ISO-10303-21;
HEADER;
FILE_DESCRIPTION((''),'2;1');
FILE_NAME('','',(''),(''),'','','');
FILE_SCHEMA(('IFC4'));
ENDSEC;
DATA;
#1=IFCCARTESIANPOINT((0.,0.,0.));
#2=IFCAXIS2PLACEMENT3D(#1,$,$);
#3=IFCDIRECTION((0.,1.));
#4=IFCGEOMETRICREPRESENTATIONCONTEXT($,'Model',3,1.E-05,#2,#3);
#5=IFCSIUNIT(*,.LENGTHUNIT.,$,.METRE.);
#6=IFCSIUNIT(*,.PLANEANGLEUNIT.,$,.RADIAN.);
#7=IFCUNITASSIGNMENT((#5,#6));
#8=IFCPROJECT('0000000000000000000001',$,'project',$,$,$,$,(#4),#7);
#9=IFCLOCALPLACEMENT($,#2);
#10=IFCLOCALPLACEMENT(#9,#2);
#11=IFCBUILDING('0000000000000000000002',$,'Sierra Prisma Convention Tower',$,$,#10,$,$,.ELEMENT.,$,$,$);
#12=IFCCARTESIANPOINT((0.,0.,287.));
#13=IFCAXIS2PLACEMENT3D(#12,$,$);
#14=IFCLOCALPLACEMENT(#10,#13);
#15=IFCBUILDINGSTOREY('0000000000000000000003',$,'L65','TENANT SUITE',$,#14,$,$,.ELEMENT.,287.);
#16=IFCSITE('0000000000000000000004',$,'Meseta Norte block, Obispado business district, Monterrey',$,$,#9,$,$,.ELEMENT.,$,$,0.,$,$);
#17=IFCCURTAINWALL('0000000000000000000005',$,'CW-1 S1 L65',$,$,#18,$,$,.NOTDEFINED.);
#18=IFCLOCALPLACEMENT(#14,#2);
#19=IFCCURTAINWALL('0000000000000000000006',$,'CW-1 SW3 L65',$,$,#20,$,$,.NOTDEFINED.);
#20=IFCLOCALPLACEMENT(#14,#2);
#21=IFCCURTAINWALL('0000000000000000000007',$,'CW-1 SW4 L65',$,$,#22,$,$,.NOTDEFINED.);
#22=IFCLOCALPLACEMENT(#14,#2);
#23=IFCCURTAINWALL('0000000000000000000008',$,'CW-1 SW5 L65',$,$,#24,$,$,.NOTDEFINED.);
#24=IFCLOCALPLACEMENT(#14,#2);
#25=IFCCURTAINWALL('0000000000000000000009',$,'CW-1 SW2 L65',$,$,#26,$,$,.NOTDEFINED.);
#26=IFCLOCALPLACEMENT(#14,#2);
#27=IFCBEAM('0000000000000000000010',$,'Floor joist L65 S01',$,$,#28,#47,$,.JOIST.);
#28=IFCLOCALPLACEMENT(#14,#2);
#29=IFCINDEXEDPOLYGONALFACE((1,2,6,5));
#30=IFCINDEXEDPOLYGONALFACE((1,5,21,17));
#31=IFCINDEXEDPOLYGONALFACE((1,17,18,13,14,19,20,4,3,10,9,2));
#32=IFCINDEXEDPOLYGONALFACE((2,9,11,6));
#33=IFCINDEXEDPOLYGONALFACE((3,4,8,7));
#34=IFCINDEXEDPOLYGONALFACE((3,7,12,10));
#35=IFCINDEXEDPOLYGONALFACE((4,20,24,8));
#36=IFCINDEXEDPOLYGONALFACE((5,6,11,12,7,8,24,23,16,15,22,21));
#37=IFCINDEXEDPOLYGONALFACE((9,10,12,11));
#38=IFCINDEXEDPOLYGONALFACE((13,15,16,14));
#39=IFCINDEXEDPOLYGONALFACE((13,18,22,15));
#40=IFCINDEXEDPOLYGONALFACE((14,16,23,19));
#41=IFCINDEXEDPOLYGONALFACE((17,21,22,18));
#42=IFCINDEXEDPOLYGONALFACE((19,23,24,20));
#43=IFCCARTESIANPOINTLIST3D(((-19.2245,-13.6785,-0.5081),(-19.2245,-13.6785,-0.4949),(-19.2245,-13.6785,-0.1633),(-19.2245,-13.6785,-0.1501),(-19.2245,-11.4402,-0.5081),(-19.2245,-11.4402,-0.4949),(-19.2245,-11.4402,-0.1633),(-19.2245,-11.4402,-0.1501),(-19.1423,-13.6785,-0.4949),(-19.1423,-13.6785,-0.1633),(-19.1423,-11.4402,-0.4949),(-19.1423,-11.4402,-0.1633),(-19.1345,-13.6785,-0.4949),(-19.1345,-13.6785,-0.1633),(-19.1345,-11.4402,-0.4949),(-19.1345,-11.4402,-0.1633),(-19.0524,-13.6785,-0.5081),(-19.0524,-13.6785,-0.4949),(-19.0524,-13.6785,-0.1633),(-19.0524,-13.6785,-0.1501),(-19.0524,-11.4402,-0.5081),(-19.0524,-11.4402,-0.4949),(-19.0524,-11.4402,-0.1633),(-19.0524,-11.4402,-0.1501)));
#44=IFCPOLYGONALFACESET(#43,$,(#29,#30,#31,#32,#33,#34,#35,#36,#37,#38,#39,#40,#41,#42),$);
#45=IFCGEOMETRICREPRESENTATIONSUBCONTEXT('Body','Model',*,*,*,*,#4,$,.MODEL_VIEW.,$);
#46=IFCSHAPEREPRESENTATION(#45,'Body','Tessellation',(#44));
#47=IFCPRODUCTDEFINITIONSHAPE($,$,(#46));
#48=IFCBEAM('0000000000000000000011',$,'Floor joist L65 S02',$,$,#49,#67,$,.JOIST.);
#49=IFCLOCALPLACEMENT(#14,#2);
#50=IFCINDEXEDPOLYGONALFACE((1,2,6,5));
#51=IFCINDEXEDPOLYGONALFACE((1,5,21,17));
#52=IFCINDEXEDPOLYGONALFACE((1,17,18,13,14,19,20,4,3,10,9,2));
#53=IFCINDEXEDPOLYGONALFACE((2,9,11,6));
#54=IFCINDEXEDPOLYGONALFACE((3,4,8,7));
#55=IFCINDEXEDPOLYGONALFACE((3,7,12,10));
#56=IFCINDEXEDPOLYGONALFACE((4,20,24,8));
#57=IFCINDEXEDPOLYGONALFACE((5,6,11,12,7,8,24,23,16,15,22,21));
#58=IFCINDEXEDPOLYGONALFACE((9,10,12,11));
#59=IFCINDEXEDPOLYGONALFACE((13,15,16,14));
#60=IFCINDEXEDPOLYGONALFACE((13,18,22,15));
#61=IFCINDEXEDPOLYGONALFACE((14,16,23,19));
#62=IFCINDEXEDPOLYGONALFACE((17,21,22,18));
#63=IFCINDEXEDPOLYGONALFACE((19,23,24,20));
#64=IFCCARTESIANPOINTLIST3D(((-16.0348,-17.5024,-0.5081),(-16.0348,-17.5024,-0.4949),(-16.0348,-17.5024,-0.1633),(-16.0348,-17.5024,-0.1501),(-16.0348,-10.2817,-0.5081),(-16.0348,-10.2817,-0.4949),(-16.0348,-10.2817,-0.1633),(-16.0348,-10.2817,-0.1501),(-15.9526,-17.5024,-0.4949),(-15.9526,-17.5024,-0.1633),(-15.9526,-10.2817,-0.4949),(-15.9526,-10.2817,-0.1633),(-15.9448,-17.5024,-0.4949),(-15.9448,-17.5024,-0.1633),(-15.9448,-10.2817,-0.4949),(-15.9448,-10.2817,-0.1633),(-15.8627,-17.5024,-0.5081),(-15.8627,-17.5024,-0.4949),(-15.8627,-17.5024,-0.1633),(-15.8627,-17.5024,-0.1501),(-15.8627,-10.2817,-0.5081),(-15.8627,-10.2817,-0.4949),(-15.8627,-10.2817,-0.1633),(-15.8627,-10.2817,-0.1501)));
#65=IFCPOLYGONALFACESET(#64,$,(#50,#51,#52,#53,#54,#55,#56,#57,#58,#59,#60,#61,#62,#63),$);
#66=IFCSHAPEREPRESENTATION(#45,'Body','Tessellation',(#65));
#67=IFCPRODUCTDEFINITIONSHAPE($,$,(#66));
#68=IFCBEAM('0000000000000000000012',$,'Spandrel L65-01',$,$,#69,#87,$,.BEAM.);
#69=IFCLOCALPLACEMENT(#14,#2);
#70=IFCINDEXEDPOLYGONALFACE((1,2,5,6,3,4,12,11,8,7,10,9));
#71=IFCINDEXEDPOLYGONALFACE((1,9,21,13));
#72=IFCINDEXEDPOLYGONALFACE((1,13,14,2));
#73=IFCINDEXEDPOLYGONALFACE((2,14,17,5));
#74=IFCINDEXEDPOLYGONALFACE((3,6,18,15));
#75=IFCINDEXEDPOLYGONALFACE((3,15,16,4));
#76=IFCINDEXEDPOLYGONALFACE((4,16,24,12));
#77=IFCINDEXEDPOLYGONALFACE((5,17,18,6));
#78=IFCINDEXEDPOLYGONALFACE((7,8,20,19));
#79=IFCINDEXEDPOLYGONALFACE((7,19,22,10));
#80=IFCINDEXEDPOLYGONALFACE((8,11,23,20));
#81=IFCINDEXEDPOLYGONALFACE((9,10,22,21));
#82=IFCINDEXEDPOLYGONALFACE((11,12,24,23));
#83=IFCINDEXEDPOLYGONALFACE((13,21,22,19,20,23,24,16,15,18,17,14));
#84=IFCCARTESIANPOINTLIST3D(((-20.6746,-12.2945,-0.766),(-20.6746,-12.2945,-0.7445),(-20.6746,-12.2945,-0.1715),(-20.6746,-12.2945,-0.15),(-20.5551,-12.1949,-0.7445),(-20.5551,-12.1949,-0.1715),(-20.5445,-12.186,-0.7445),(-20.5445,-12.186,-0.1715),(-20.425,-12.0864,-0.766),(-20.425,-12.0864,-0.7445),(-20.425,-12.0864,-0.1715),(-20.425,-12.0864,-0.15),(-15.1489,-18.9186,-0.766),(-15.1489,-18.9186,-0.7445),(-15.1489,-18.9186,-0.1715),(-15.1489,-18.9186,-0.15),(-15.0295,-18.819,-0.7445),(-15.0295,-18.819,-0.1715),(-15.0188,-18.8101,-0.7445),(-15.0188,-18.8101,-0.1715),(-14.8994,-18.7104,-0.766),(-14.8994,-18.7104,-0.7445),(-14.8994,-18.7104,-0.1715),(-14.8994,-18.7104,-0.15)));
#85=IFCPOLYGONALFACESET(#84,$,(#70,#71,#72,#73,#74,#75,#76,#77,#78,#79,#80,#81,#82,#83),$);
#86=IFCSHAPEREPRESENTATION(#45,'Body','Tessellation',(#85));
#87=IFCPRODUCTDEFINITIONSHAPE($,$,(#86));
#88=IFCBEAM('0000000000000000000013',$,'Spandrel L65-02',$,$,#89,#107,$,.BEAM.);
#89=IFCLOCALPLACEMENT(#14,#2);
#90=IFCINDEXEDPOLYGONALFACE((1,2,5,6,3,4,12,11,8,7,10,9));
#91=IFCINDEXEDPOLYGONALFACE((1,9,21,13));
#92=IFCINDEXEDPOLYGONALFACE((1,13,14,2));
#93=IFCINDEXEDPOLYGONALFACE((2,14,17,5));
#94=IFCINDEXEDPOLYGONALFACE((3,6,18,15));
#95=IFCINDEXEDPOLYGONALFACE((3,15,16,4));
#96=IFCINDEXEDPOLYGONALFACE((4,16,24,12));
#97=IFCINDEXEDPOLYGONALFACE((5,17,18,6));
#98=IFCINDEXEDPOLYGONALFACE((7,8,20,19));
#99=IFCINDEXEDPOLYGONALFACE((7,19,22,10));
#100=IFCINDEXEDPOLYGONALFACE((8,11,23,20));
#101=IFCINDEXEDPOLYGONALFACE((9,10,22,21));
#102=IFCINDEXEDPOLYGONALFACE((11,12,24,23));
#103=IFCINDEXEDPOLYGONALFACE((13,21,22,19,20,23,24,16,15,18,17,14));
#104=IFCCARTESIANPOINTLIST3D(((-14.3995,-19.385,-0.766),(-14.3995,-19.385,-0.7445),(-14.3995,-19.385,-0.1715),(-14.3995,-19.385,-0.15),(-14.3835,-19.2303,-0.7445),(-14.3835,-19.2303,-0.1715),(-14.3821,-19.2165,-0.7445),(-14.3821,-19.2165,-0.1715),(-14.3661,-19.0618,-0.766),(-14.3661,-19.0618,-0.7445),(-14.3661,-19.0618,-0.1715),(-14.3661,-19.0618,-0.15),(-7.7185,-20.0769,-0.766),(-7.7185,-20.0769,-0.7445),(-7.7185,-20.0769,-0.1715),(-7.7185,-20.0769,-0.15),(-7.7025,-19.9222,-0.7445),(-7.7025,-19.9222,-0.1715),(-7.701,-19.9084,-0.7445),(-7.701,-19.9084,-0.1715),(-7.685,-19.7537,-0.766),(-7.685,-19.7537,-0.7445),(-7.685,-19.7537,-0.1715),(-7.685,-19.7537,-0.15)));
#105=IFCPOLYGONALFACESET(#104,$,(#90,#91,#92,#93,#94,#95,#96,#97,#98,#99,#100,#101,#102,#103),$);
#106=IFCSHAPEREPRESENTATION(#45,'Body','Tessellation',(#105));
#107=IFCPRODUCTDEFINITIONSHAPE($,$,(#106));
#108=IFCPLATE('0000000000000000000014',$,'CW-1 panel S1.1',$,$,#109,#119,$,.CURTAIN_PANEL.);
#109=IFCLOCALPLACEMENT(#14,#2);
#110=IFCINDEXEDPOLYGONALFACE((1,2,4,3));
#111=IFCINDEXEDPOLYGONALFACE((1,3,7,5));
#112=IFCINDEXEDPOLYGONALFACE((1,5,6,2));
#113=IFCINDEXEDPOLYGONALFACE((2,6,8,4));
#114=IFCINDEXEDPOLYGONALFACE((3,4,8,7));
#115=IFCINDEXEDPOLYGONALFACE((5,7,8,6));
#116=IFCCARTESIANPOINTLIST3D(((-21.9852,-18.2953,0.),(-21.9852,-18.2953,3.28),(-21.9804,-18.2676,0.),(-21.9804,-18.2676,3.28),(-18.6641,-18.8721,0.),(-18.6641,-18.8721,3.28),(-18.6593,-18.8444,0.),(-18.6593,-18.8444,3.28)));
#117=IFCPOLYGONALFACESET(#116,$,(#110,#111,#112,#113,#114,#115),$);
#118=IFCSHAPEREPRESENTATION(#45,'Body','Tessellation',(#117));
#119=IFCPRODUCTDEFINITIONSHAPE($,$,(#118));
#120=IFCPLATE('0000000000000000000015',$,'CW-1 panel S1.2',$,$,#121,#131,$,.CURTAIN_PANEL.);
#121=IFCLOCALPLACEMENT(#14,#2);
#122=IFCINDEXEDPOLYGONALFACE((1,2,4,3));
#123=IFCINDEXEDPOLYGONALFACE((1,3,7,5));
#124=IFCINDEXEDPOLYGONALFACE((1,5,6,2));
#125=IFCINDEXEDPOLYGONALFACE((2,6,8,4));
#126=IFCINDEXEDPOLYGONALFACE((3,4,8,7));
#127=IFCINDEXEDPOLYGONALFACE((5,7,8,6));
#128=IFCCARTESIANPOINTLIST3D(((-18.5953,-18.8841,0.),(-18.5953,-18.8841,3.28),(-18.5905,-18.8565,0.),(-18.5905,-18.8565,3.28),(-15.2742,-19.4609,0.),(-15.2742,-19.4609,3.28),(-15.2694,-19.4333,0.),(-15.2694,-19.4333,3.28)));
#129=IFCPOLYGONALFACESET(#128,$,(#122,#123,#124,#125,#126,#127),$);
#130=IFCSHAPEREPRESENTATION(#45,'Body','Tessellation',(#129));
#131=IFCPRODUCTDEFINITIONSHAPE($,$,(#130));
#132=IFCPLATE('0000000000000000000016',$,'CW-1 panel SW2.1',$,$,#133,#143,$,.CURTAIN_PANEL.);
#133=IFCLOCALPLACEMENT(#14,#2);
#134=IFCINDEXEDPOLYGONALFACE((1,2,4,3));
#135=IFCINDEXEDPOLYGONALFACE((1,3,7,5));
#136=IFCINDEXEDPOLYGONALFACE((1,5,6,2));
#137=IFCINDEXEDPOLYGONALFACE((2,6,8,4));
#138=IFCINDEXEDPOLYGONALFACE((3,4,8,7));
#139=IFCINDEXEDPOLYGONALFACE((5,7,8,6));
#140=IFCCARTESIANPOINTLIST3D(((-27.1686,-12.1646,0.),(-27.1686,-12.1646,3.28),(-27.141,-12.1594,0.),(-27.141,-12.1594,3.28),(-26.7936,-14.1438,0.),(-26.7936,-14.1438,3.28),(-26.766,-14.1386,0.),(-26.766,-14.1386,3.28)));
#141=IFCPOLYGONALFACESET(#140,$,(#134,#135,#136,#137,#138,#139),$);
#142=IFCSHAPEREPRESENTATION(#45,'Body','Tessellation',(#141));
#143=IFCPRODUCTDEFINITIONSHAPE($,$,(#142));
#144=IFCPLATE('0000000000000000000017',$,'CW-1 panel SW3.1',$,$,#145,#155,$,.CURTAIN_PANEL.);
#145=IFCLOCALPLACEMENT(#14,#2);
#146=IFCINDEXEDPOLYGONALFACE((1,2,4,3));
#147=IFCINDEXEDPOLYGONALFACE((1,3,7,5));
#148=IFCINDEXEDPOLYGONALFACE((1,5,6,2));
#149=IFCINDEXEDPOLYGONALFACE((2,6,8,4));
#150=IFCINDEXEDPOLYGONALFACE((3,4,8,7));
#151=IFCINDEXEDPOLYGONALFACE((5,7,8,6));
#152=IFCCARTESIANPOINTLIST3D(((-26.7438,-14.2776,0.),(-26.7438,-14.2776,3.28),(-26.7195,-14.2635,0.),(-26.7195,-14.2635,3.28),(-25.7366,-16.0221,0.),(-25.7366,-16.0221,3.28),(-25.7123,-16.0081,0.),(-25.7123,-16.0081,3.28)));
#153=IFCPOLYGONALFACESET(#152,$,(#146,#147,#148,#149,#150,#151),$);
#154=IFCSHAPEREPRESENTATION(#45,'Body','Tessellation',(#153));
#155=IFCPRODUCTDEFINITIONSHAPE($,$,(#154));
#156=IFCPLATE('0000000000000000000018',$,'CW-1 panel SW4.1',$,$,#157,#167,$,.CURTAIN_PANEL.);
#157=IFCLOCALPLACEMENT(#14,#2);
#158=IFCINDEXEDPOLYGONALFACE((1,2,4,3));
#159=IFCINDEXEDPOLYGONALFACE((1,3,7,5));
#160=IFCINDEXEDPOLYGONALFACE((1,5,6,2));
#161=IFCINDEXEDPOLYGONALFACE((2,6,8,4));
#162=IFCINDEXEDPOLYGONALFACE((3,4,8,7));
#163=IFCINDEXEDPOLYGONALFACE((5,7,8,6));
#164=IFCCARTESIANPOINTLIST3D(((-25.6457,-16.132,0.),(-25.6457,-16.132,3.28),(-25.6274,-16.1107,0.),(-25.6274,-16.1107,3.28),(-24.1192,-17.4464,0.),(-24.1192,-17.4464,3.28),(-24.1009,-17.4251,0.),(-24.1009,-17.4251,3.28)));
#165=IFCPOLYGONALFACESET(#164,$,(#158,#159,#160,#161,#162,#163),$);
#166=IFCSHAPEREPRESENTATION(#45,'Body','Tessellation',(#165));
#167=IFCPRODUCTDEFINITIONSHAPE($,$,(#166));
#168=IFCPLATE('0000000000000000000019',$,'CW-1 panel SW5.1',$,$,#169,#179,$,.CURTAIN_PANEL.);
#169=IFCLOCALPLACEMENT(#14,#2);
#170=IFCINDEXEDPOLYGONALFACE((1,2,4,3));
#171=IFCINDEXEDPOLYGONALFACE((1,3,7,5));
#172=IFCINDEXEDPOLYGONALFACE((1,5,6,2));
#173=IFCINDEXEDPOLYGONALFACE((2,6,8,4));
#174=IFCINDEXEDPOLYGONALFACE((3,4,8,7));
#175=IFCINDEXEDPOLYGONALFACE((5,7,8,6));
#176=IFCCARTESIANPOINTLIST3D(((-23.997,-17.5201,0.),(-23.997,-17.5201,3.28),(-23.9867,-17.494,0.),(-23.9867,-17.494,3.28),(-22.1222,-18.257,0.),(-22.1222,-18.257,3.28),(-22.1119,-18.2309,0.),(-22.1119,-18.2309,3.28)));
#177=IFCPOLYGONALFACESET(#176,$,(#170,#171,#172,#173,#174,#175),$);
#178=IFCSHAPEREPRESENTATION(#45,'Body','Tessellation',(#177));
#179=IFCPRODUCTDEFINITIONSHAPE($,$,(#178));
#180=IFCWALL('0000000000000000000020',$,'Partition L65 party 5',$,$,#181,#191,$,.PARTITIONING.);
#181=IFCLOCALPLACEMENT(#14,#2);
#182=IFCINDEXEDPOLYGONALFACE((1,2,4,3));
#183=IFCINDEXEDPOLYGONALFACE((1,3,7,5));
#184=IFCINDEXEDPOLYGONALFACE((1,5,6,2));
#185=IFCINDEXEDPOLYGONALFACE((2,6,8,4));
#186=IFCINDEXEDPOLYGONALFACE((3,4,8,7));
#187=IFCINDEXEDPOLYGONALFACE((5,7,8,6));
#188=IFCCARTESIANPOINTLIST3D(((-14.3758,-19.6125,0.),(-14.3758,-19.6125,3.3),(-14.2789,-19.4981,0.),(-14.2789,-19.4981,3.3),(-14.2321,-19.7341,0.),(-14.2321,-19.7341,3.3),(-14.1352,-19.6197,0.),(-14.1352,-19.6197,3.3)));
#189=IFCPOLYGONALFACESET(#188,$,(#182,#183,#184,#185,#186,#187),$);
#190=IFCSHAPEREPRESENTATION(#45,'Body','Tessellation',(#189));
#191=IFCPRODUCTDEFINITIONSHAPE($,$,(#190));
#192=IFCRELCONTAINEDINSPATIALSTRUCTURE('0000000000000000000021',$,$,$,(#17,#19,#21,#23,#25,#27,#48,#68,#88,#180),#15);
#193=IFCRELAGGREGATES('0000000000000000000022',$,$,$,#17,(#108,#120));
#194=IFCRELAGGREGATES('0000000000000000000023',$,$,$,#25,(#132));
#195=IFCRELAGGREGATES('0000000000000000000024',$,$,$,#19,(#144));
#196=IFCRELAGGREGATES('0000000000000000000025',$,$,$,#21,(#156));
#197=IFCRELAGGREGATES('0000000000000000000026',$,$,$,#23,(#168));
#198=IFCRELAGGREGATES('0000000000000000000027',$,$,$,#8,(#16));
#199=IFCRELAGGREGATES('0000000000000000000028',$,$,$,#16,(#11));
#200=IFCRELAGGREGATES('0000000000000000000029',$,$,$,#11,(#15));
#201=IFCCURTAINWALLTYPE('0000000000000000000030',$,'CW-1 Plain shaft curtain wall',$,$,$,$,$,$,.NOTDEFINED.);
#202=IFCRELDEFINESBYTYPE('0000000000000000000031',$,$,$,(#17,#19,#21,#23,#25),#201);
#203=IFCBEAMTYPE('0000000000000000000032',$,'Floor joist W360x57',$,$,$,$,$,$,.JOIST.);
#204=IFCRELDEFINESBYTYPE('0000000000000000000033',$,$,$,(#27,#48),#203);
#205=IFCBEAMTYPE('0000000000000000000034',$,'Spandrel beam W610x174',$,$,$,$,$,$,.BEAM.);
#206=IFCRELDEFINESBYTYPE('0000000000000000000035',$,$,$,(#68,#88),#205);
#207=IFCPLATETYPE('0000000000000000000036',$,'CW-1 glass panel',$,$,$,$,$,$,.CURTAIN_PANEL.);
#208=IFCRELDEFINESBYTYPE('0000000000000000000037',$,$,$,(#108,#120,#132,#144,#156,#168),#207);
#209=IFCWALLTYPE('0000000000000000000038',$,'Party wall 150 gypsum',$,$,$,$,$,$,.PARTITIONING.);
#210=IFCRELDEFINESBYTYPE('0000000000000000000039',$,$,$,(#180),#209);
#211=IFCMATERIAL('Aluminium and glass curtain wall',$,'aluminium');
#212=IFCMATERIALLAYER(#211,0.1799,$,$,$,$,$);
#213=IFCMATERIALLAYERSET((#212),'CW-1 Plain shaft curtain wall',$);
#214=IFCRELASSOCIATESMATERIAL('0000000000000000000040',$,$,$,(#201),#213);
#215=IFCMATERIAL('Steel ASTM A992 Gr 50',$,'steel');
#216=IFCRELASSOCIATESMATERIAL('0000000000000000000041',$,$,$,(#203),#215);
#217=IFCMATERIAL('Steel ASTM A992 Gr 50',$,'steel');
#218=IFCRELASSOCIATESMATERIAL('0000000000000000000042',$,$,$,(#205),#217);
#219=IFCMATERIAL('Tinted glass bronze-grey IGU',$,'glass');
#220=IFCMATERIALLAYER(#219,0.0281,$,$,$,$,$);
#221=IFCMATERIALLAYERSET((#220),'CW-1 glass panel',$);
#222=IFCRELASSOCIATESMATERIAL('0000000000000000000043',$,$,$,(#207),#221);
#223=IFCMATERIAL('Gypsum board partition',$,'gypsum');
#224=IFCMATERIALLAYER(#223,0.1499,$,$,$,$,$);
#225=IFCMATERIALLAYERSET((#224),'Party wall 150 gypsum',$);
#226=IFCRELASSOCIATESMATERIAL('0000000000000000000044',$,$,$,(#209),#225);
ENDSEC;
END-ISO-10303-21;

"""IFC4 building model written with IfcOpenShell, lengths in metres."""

from ifc_helpers import new_model, si_unit, direction, frame, frame_2d, origin, origin_2d, place, context, subcontext, project, spatial, rectangle, i_section, extrude, material, layer, layer_set, material_profile, profile_set, type_object, element, aggregate, save


model = new_model("IFC4")

# Units and contexts
model_context = context("Model", 3, precision=1e-05, world=origin(), true_north=direction((0.0, 1.0)))
body_context = subcontext(model_context, "Body", "Model", "MODEL_VIEW")
ifc_project = project(units=[si_unit("LENGTHUNIT", "METRE"), si_unit("PLANEANGLEUNIT", "RADIAN")], contexts=[model_context])

# Site, building, storey
site_placement = place(None, origin())
site = spatial("IfcSite", under=ifc_project, at=site_placement, Name="Meseta Norte block, Obispado business district, Monterrey", CompositionType="ELEMENT", RefElevation=0.0)
building_placement = place(site_placement, origin())
building = spatial("IfcBuilding", under=site, at=building_placement, Name="Sierra Prisma Convention Tower", CompositionType="ELEMENT")
storey_placement = place(building_placement, frame((0.0, 0.0, 287.0)))
storey = spatial("IfcBuildingStorey", under=building, at=storey_placement, Name="L65", Description="TENANT SUITE", CompositionType="ELEMENT", Elevation=287.0)

# Curtain wall
ifc_material_1 = material(Name="Aluminium and glass curtain wall", Category="aluminium")
ifc_layer_1 = layer(ifc_material_1, 0.1799)
ifc_layer_set_1 = layer_set([ifc_layer_1], Name="CW-1 Plain shaft curtain wall")
curtain_wall_type = type_object("IfcCurtainWallType", Name="CW-1 Plain shaft curtain wall", PredefinedType="NOTDEFINED", material=ifc_layer_set_1)
curtain_wall_1_placement = place(storey_placement, origin())
curtain_wall_1 = element("IfcCurtainWall", 1, at=curtain_wall_1_placement, inside=storey, type_object=curtain_wall_type, Name="CW-1 S1 L65", PredefinedType="NOTDEFINED")

# Curtain walls
curtain_wall_2_placement = place(storey_placement, origin())
curtain_wall_2 = element("IfcCurtainWall", 2, at=curtain_wall_2_placement, inside=storey, type_object=curtain_wall_type, Name="CW-1 SW3 L65", PredefinedType="NOTDEFINED")
curtain_wall_3_placement = place(storey_placement, origin())
curtain_wall_3 = element("IfcCurtainWall", 3, at=curtain_wall_3_placement, inside=storey, type_object=curtain_wall_type, Name="CW-1 SW4 L65", PredefinedType="NOTDEFINED")
curtain_wall_4_placement = place(storey_placement, origin())
curtain_wall_4 = element("IfcCurtainWall", 4, at=curtain_wall_4_placement, inside=storey, type_object=curtain_wall_type, Name="CW-1 SW5 L65", PredefinedType="NOTDEFINED")

# Curtain wall
curtain_wall_5_placement = place(storey_placement, origin())
curtain_wall_5 = element("IfcCurtainWall", 5, at=curtain_wall_5_placement, inside=storey, type_object=curtain_wall_type, Name="CW-1 SW2 L65", PredefinedType="NOTDEFINED")

# Beams
ifc_material_2 = material(Name="Steel ASTM A992 Gr 50", Category="steel")
ifc_material_profile_1 = material_profile(ifc_material_2, i_section(OverallWidth=0.1721, OverallDepth=0.3579, WebThickness=0.0078, FlangeThickness=0.0132, at=origin_2d()), Name="W360x57")
ifc_profile_set_1 = profile_set([ifc_material_profile_1], Name="Steel ASTM A992 Gr 50")
beam_type_1 = type_object("IfcBeamType", Name="Floor joist W360x57", PredefinedType="JOIST", material=ifc_profile_set_1)
beam_1_placement = place(storey_placement, frame((-19.1384, -13.6785, -0.3291), z_axis=(0.0, 1.0, 0.0), x_axis=(-1.0, 0.0, 0.0)))
element("IfcBeam", 6, at=beam_1_placement, inside=storey, type_object=beam_type_1, Name="Floor joist L65 S01", PredefinedType="JOIST", context=body_context, shape_type="SweptSolid", body=[
    extrude(i_section(OverallWidth=0.1721, OverallDepth=0.3579, WebThickness=0.0078, FlangeThickness=0.0132, at=origin_2d()), origin(), (0.0, 0.0, 1.0), 2.2383),
])
beam_2_placement = place(storey_placement, frame((-15.9487, -17.5024, -0.3291), z_axis=(0.0, 1.0, 0.0), x_axis=(-1.0, 0.0, 0.0)))
element("IfcBeam", 7, at=beam_2_placement, inside=storey, type_object=beam_type_1, Name="Floor joist L65 S02", PredefinedType="JOIST", context=body_context, shape_type="SweptSolid", body=[
    extrude(i_section(OverallWidth=0.1721, OverallDepth=0.3579, WebThickness=0.0078, FlangeThickness=0.0132, at=origin_2d()), origin(), (0.0, 0.0, 1.0), 7.2207),
])
ifc_material_3 = material(Name="Steel ASTM A992 Gr 50", Category="steel")
ifc_material_profile_2 = material_profile(ifc_material_3, i_section(OverallWidth=0.325, OverallDepth=0.616, WebThickness=0.0139, FlangeThickness=0.0215, at=origin_2d()), Name="W610x174")
ifc_profile_set_2 = profile_set([ifc_material_profile_2], Name="Steel ASTM A992 Gr 50")
beam_type_2 = type_object("IfcBeamType", Name="Spandrel beam W610x174", PredefinedType="BEAM", material=ifc_profile_set_2)
beam_3_placement = place(storey_placement, frame((-20.5498, -12.1904, -0.458), z_axis=(0.640568, -0.767901, 0.0), x_axis=(0.767901, 0.640568, 0.0)))
element("IfcBeam", 8, at=beam_3_placement, inside=storey, type_object=beam_type_2, Name="Spandrel L65-01", PredefinedType="BEAM", context=body_context, shape_type="SweptSolid", body=[
    extrude(i_section(OverallWidth=0.325, OverallDepth=0.616, WebThickness=0.0139, FlangeThickness=0.0215, at=origin_2d()), origin(), (0.0, 0.0, 1.0), 8.6262),
])
beam_4_placement = place(storey_placement, frame((-14.3828, -19.2234, -0.458), z_axis=(0.99468, -0.103008, 0.0), x_axis=(0.103008, 0.99468, 0.0)))
element("IfcBeam", 9, at=beam_4_placement, inside=storey, type_object=beam_type_2, Name="Spandrel L65-02", PredefinedType="BEAM", context=body_context, shape_type="SweptSolid", body=[
    extrude(i_section(OverallWidth=0.325, OverallDepth=0.616, WebThickness=0.0139, FlangeThickness=0.0215, at=origin_2d()), origin(), (0.0, 0.0, 1.0), 6.7168),
])

# Plates
ifc_material_4 = material(Name="Tinted glass bronze-grey IGU", Category="glass")
ifc_layer_2 = layer(ifc_material_4, 0.0281)
ifc_layer_set_2 = layer_set([ifc_layer_2], Name="CW-1 glass panel")
plate_type = type_object("IfcPlateType", Name="CW-1 glass panel", PredefinedType="CURTAIN_PANEL", material=ifc_layer_set_2)
plate_1_placement = place(storey_placement, frame((-20.3223, -18.5698, 0.0), z_axis=(0.0, 0.0, 1.0), x_axis=(0.985251, -0.171116, 0.0)))
plate_1 = element("IfcPlate", 10, at=plate_1_placement, type_object=plate_type, Name="CW-1 panel S1.1", PredefinedType="CURTAIN_PANEL", context=body_context, shape_type="SweptSolid", body=[
    extrude(rectangle(XDim=3.3708, YDim=0.0281, at=origin_2d()), origin(), (0.0, 0.0, 1.0), 3.28),
])
plate_2_placement = place(storey_placement, frame((-16.9324, -19.1587, 0.0), z_axis=(0.0, 0.0, 1.0), x_axis=(0.985251, -0.171116, 0.0)))
plate_2 = element("IfcPlate", 11, at=plate_2_placement, type_object=plate_type, Name="CW-1 panel S1.2", PredefinedType="CURTAIN_PANEL", context=body_context, shape_type="SweptSolid", body=[
    extrude(rectangle(XDim=3.3708, YDim=0.0281, at=origin_2d()), origin(), (0.0, 0.0, 1.0), 3.28),
])
aggregate(curtain_wall_1, [plate_1, plate_2])
plate_3_placement = place(storey_placement, frame((-26.9673, -13.1516, 0.0), z_axis=(0.0, 0.0, 1.0), x_axis=(0.186169, -0.982518, 0.0)))
plate_3 = element("IfcPlate", 12, at=plate_3_placement, type_object=plate_type, Name="CW-1 panel SW2.1", PredefinedType="CURTAIN_PANEL", context=body_context, shape_type="SweptSolid", body=[
    extrude(rectangle(XDim=2.0144, YDim=0.0281, at=origin_2d()), origin(), (0.0, 0.0, 1.0), 3.28),
])
aggregate(curtain_wall_5, [plate_3])
plate_4_placement = place(storey_placement, frame((-26.228, -15.1428, 0.0), z_axis=(0.0, 0.0, 1.0), x_axis=(0.5, -0.866025, 0.0)))
plate_4 = element("IfcPlate", 13, at=plate_4_placement, type_object=plate_type, Name="CW-1 panel SW3.1", PredefinedType="CURTAIN_PANEL", context=body_context, shape_type="SweptSolid", body=[
    extrude(rectangle(XDim=2.0144, YDim=0.0281, at=origin_2d()), origin(), (0.0, 0.0, 1.0), 3.28),
])
aggregate(curtain_wall_2, [plate_4])
plate_5_placement = place(storey_placement, frame((-24.8733, -16.7786, 0.0), z_axis=(0.0, 0.0, 1.0), x_axis=(0.757801, -0.652486, 0.0)))
plate_5 = element("IfcPlate", 14, at=plate_5_placement, type_object=plate_type, Name="CW-1 panel SW4.1", PredefinedType="CURTAIN_PANEL", context=body_context, shape_type="SweptSolid", body=[
    extrude(rectangle(XDim=2.0144, YDim=0.0281, at=origin_2d()), origin(), (0.0, 0.0, 1.0), 3.28),
])
aggregate(curtain_wall_3, [plate_5])
plate_6_placement = place(storey_placement, frame((-23.0544, -17.8755, 0.0), z_axis=(0.0, 0.0, 1.0), x_axis=(0.930682, -0.365829, 0.0)))
plate_6 = element("IfcPlate", 15, at=plate_6_placement, type_object=plate_type, Name="CW-1 panel SW5.1", PredefinedType="CURTAIN_PANEL", context=body_context, shape_type="SweptSolid", body=[
    extrude(rectangle(XDim=2.0144, YDim=0.0281, at=origin_2d()), origin(), (0.0, 0.0, 1.0), 3.28),
])
aggregate(curtain_wall_4, [plate_6])

# Wall
ifc_material_5 = material(Name="Gypsum board partition", Category="gypsum")
ifc_layer_3 = layer(ifc_material_5, 0.1499)
ifc_layer_set_3 = layer_set([ifc_layer_3], Name="Party wall 150 gypsum")
wall_type = type_object("IfcWallType", Name="Party wall 150 gypsum", PredefinedType="PARTITIONING", material=ifc_layer_set_3)
wall_placement = place(storey_placement, frame((-14.1836, -19.677, 0.0), z_axis=(0.0, 0.0, 1.0), x_axis=(-0.763091, 0.646291, 0.0)))
element("IfcWall", 16, at=wall_placement, inside=storey, type_object=wall_type, Name="Partition L65 party 5", PredefinedType="PARTITIONING", context=body_context, shape_type="SweptSolid", body=[
    extrude(rectangle(XDim=0.1882, YDim=0.1499, at=frame_2d((0.0942, 0.0))), origin(), (0.0, 0.0, 1.0), 3.3),
])

save(model, "model.ifc")
